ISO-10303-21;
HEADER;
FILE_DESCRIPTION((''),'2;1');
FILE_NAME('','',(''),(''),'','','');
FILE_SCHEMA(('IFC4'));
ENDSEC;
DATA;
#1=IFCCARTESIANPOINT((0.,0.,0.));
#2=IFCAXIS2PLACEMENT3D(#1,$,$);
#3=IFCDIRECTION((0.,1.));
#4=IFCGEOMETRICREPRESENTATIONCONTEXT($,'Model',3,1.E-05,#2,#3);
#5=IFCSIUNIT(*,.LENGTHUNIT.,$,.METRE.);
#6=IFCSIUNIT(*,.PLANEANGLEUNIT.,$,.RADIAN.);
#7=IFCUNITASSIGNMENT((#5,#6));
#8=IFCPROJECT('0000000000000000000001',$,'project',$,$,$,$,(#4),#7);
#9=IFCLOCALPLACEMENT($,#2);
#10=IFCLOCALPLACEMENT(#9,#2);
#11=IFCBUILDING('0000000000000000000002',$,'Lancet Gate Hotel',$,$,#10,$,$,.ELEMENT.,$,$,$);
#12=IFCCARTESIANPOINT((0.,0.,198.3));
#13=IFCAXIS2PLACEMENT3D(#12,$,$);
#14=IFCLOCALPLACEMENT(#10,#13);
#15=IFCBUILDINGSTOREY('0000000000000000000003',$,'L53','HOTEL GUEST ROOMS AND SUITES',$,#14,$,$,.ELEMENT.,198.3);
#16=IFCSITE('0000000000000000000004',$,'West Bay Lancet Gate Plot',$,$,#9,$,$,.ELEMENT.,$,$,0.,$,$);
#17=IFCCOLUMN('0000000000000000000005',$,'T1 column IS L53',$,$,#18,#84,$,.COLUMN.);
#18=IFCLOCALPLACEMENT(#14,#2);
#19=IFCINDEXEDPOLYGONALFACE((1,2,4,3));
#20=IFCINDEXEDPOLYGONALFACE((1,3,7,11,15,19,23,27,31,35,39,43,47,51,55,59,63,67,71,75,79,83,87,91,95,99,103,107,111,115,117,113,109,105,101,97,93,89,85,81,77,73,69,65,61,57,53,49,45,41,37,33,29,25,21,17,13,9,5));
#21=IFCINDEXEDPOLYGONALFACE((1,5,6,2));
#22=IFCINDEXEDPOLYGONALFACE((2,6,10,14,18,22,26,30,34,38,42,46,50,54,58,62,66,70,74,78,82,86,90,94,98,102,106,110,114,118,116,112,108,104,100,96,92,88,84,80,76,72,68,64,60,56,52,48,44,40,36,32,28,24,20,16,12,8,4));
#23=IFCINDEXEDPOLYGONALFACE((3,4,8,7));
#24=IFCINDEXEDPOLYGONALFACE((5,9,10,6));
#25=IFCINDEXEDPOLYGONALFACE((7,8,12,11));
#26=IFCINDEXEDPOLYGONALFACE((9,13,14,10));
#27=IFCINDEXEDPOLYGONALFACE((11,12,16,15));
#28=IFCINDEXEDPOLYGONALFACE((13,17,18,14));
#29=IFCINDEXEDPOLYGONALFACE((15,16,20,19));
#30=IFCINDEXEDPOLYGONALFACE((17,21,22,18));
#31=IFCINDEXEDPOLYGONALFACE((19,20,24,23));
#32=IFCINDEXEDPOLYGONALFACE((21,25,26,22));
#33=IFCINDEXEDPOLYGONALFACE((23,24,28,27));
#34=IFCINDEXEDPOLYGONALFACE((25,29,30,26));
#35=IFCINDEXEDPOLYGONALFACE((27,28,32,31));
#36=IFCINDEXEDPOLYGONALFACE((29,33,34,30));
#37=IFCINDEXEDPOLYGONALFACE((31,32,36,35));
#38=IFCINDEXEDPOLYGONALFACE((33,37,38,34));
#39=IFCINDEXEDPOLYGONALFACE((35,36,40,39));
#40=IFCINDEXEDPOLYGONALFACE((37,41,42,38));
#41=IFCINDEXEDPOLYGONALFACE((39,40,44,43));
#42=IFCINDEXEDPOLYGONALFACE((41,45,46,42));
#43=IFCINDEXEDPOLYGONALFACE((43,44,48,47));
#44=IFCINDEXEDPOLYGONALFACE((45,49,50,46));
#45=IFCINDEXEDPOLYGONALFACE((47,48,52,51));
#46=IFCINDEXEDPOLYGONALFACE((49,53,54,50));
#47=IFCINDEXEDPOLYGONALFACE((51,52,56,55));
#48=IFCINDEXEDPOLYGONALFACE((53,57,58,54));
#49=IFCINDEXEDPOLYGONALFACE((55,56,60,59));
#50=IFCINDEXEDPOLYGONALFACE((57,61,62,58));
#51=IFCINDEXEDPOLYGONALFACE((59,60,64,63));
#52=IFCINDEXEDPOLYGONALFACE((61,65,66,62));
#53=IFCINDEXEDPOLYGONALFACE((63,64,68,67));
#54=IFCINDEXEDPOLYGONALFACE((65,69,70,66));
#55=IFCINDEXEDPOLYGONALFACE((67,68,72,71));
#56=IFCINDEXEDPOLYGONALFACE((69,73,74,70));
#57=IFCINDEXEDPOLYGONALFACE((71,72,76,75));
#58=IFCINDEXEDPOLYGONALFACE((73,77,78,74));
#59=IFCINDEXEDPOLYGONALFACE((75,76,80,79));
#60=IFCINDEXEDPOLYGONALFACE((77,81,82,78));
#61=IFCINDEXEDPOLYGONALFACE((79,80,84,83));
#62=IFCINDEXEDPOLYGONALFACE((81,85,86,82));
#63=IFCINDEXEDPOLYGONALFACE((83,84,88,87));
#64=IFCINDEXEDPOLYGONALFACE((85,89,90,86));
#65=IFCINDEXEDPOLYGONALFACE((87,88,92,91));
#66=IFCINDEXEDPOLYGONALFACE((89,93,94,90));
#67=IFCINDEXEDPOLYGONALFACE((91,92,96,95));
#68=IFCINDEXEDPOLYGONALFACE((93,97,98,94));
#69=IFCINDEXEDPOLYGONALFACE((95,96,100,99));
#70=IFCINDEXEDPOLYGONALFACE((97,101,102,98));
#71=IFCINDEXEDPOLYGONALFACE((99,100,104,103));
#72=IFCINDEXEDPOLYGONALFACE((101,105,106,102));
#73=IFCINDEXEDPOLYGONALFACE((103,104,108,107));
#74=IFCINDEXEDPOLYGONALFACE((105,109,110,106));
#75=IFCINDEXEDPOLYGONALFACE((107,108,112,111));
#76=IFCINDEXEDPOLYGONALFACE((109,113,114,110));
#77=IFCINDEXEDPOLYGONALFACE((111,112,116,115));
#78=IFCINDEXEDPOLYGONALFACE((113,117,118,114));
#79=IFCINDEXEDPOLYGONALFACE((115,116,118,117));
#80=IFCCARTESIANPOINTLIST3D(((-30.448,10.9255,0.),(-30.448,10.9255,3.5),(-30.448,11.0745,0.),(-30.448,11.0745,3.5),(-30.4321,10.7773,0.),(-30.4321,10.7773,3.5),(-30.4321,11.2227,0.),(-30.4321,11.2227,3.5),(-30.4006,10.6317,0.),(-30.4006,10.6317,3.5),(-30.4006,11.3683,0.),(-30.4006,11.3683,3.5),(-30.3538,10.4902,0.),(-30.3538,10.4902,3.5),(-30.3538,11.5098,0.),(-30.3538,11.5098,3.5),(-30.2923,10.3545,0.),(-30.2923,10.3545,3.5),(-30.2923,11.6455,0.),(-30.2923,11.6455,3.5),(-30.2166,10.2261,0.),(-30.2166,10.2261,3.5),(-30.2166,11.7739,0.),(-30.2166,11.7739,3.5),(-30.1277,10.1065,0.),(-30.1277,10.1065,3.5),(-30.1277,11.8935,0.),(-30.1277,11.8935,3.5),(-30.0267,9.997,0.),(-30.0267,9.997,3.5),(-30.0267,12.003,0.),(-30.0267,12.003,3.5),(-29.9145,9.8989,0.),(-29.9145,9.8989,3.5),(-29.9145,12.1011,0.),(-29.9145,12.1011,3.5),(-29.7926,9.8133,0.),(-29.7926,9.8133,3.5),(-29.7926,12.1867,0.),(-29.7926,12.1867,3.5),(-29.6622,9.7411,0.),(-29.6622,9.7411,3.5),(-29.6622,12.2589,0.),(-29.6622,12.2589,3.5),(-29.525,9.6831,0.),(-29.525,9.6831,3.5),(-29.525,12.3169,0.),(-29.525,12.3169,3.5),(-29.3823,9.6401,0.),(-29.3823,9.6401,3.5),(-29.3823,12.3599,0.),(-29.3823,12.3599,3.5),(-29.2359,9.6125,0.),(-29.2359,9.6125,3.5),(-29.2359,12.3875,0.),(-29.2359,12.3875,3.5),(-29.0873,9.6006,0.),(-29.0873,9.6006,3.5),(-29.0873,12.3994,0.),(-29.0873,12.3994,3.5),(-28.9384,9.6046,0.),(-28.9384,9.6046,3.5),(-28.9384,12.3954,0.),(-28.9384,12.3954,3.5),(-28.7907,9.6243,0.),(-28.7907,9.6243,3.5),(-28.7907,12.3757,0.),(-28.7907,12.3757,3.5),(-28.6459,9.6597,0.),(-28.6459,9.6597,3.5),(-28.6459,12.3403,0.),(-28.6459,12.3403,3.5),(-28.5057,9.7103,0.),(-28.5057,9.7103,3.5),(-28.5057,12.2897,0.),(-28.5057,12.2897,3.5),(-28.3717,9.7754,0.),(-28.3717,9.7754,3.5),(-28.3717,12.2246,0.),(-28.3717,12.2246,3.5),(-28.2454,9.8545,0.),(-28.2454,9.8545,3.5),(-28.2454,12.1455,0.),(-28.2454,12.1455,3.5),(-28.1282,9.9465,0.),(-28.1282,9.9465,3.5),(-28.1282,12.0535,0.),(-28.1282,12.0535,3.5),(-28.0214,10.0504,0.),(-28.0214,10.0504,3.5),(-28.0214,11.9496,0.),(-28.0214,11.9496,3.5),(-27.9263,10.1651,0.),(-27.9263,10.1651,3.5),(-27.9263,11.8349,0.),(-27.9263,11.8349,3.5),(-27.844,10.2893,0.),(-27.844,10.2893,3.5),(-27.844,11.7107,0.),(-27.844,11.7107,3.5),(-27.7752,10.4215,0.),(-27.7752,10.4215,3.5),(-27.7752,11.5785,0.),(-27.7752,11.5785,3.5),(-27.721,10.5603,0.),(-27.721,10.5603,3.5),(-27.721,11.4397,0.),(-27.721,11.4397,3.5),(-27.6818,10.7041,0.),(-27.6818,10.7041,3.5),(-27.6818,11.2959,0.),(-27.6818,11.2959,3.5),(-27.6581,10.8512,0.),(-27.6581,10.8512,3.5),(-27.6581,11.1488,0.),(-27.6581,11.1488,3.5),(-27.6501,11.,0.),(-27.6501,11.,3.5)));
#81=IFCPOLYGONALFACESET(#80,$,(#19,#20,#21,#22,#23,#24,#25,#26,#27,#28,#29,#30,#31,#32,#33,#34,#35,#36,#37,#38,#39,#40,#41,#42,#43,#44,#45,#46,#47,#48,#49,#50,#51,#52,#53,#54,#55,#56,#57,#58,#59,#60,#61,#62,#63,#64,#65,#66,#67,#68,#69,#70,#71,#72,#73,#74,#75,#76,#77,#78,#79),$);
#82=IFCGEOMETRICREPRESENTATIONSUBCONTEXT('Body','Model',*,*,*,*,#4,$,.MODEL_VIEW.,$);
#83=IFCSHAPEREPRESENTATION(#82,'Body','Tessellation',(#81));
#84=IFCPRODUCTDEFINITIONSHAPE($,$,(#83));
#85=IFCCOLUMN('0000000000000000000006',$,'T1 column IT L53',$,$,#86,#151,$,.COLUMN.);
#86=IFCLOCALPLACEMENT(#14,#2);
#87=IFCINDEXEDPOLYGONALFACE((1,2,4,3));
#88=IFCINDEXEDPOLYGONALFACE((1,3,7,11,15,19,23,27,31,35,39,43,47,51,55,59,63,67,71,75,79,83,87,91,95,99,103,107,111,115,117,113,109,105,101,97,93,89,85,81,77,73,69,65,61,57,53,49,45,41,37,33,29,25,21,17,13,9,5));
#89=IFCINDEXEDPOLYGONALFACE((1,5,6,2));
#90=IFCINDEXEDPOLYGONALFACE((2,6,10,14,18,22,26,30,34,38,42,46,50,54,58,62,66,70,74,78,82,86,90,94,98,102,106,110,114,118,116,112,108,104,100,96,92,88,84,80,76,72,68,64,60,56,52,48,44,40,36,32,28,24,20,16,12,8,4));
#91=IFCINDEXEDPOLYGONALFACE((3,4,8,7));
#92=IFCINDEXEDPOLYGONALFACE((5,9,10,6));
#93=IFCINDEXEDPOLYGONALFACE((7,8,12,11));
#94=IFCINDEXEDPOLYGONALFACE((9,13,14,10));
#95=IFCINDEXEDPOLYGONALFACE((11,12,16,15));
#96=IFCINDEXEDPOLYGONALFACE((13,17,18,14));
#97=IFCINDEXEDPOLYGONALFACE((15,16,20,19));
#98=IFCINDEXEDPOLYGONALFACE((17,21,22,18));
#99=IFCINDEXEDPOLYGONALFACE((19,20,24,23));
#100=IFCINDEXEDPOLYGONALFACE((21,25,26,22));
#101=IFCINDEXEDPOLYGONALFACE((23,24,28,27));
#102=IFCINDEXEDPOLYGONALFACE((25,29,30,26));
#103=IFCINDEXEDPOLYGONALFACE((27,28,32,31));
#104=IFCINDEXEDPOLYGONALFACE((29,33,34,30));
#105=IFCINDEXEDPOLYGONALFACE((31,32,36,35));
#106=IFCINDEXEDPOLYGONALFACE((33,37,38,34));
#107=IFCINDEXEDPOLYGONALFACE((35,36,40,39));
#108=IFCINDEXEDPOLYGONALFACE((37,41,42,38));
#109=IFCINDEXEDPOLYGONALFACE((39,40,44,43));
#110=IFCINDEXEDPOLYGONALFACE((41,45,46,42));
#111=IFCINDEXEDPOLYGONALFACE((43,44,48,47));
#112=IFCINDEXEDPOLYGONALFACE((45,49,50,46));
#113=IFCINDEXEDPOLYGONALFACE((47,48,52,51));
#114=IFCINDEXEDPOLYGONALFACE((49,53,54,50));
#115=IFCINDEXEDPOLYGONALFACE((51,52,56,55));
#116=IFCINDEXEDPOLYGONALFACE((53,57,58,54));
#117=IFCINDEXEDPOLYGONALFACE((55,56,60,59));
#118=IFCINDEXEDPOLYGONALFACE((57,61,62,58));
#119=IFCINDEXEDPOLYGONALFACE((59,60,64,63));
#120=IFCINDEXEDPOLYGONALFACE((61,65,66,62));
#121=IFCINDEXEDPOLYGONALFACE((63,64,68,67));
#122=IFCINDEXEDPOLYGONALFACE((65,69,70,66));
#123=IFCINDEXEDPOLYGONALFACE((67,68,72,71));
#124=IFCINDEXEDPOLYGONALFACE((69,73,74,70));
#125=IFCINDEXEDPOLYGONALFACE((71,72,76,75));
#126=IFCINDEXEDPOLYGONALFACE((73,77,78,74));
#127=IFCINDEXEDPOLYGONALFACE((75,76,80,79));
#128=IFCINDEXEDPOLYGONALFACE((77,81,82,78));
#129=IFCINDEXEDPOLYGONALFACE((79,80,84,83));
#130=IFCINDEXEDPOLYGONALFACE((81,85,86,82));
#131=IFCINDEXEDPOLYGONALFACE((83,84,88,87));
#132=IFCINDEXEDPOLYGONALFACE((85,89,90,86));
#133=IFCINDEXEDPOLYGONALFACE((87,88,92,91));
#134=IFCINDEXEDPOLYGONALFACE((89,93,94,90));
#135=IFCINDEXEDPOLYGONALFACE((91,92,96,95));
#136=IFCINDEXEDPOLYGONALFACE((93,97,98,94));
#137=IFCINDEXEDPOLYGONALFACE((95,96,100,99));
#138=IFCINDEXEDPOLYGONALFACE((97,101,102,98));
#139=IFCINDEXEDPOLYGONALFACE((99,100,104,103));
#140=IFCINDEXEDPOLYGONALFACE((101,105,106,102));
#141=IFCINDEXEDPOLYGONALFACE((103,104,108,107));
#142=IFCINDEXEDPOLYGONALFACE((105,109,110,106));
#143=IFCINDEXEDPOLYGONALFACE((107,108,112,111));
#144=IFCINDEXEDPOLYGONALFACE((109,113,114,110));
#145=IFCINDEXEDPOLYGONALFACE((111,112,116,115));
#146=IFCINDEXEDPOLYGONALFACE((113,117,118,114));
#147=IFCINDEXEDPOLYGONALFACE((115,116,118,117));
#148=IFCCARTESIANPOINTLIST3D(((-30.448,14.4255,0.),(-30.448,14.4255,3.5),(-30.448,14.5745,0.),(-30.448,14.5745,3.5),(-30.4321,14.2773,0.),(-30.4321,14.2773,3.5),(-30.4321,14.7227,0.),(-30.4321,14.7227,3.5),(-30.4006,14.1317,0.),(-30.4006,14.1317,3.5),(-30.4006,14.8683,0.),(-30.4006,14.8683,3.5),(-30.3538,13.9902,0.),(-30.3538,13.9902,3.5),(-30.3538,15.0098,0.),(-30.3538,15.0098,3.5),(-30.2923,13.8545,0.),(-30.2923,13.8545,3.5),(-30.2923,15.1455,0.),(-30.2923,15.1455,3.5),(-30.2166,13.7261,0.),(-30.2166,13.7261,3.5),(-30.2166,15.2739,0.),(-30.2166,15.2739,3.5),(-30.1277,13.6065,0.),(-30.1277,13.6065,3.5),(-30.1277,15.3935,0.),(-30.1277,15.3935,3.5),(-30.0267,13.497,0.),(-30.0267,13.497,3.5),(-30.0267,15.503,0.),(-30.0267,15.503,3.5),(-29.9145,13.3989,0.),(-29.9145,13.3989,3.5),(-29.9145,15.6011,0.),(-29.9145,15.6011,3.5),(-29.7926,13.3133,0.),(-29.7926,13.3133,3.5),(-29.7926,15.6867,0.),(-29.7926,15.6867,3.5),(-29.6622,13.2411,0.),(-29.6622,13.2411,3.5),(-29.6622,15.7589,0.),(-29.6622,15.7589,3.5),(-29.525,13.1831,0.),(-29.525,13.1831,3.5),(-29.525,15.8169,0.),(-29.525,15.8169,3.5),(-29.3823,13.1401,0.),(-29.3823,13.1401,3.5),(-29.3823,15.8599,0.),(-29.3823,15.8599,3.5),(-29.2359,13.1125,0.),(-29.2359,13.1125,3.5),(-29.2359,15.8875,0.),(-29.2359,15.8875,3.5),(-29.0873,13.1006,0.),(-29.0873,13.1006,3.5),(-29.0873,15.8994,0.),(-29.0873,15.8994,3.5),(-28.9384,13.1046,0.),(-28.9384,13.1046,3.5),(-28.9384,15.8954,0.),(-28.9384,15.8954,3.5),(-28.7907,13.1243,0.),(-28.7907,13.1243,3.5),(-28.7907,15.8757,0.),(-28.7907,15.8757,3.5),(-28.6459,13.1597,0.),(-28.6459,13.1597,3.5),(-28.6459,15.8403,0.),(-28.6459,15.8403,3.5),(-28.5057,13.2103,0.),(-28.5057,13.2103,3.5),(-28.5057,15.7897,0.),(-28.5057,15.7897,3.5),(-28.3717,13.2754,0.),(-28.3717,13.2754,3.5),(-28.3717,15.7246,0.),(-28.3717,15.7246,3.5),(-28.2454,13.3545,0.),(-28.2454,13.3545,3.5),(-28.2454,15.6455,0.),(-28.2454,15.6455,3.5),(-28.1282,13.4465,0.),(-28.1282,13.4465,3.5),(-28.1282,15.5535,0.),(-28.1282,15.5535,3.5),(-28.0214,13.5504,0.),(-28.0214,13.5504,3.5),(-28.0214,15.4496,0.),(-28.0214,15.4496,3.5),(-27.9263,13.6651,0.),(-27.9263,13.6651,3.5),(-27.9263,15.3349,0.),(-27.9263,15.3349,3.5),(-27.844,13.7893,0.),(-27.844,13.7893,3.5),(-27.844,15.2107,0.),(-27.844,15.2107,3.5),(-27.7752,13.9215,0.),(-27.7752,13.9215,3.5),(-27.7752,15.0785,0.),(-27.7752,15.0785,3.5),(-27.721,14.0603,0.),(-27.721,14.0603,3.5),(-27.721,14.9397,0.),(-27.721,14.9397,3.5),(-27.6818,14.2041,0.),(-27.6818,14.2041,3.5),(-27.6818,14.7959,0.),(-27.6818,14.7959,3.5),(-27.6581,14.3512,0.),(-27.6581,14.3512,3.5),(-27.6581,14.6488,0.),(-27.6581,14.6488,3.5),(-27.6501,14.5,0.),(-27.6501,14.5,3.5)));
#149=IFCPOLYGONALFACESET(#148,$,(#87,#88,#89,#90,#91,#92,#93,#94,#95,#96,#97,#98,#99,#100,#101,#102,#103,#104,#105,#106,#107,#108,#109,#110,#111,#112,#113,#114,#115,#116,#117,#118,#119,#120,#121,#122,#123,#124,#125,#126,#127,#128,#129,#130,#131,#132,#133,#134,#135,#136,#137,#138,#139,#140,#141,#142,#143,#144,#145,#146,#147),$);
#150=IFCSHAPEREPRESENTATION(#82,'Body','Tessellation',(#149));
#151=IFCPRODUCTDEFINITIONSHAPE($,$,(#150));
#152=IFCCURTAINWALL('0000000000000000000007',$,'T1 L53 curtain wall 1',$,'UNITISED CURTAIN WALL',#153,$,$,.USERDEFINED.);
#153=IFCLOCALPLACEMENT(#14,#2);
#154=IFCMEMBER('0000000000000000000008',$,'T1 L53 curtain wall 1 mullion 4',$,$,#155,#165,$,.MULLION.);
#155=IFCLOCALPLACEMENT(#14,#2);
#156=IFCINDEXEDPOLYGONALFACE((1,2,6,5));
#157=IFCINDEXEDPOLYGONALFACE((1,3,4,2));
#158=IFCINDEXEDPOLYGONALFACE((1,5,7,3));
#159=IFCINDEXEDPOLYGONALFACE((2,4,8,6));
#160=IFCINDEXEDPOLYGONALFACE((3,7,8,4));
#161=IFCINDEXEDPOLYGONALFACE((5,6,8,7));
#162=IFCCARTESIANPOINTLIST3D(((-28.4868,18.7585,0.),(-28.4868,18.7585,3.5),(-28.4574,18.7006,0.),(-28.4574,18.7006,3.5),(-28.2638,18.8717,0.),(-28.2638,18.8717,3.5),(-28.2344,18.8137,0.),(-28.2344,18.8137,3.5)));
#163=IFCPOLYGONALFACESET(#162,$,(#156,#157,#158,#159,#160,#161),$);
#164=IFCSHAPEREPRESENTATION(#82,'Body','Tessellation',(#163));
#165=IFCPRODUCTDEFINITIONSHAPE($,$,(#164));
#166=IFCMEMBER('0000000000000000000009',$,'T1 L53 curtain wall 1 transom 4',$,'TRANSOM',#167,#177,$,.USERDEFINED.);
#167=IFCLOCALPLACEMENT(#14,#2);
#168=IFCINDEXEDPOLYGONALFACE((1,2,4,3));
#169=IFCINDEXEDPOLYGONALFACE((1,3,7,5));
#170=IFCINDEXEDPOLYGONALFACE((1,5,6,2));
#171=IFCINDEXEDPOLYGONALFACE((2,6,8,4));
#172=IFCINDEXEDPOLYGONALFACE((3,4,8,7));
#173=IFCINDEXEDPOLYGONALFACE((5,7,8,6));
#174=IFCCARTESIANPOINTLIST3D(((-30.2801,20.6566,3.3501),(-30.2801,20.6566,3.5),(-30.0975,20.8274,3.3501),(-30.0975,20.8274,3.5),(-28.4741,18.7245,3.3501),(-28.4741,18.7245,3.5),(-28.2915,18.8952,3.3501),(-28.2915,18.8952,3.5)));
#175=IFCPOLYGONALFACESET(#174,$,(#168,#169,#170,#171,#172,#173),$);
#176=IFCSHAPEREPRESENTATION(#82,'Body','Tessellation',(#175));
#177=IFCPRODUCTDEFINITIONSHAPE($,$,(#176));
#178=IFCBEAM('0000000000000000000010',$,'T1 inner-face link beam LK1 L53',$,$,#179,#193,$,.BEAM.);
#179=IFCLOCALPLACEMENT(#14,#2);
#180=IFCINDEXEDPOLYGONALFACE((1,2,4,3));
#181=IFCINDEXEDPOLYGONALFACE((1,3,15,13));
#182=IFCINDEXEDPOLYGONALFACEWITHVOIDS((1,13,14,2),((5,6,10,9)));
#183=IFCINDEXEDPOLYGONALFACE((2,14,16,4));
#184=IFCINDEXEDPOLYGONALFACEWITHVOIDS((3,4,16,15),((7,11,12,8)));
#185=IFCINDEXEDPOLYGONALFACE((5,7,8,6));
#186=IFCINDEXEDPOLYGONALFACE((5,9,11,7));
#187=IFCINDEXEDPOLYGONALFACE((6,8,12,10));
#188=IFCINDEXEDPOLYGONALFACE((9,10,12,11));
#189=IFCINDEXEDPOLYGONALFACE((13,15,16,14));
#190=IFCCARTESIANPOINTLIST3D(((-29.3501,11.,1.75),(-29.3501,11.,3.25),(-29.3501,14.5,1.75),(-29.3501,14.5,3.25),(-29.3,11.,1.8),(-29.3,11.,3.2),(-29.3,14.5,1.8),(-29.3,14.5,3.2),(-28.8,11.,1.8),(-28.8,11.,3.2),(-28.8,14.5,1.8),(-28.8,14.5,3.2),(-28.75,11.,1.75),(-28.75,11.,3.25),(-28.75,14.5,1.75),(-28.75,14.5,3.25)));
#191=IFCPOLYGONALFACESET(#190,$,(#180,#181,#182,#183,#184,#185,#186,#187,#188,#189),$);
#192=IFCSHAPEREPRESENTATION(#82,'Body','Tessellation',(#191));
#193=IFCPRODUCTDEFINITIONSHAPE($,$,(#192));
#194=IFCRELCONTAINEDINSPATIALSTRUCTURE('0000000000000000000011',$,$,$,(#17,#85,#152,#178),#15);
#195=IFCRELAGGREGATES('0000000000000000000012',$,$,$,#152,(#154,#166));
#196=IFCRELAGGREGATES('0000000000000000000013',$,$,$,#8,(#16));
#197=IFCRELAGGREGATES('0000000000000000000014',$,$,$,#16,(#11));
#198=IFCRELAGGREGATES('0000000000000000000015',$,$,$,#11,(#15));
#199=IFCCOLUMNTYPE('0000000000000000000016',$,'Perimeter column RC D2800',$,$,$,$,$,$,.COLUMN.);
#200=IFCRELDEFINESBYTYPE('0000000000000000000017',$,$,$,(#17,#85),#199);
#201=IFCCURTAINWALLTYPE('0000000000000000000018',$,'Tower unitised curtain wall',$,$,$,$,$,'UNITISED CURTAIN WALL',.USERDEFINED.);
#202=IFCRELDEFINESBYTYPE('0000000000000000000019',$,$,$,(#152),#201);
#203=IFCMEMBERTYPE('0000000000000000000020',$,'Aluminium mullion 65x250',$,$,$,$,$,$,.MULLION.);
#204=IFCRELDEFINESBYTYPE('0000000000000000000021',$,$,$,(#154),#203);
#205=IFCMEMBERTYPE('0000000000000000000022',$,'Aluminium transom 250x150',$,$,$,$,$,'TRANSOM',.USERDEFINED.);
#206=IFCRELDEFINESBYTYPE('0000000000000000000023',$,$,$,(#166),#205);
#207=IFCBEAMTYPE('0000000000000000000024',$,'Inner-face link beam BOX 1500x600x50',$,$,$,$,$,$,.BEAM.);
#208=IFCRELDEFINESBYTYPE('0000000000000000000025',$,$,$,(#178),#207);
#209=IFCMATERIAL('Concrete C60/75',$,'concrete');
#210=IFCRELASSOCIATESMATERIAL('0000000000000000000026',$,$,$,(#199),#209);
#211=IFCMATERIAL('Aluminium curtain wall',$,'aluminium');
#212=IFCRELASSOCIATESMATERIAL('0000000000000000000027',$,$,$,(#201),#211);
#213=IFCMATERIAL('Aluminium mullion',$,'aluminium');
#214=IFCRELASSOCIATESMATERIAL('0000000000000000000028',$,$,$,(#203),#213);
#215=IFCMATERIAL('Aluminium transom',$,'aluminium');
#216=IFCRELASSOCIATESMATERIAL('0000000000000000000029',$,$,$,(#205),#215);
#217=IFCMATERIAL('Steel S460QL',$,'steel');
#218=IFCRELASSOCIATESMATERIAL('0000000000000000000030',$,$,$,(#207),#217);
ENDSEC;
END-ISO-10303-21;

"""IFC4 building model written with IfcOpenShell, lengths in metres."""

from ifc_helpers import new_model, si_unit, direction, frame, origin, origin_2d, place, context, subcontext, project, spatial, rectangle, hollow_rectangle, circle, extrude, material, material_profile, profile_set, type_object, element, aggregate, save


model = new_model("IFC4")

# Units and contexts
model_context = context("Model", 3, precision=1e-05, world=origin(), true_north=direction((0.0, 1.0)))
body_context = subcontext(model_context, "Body", "Model", "MODEL_VIEW")
ifc_project = project(units=[si_unit("LENGTHUNIT", "METRE"), si_unit("PLANEANGLEUNIT", "RADIAN")], contexts=[model_context])

# Site, building, storey
site_placement = place(None, origin())
site = spatial("IfcSite", under=ifc_project, at=site_placement, Name="West Bay Lancet Gate Plot", CompositionType="ELEMENT", RefElevation=0.0)
building_placement = place(site_placement, origin())
building = spatial("IfcBuilding", under=site, at=building_placement, Name="Lancet Gate Hotel", CompositionType="ELEMENT")
storey_placement = place(building_placement, frame((0.0, 0.0, 198.3)))
storey = spatial("IfcBuildingStorey", under=building, at=storey_placement, Name="L53", Description="HOTEL GUEST ROOMS AND SUITES", CompositionType="ELEMENT", Elevation=198.3)

# Columns
ifc_material_1 = material(Name="Concrete C60/75", Category="concrete")
ifc_material_profile_1 = material_profile(ifc_material_1, circle(Radius=1.3999, at=origin_2d()), Name="RC D2800")
ifc_profile_set_1 = profile_set([ifc_material_profile_1], Name="Concrete C60/75")
column_type = type_object("IfcColumnType", Name="Perimeter column RC D2800", PredefinedType="COLUMN", material=ifc_profile_set_1)
for number, where, z_axis, x_axis, name in (
    (1, (-29.05, 11.0, 0.0), (0.0, 0.0, 1.0), (1.0, 0.0, 0.0), "T1 column IS L53"),
    (2, (-29.05, 14.5, 0.0), (0.0, 0.0, 1.0), (1.0, 0.0, 0.0), "T1 column IT L53"),
):
    element("IfcColumn", number, at=place(storey_placement, frame(where, z_axis=z_axis, x_axis=x_axis)), inside=storey, type_object=column_type, Name=name, PredefinedType="COLUMN", context=body_context, shape_type="SweptSolid", body=[
        extrude(circle(Radius=1.3999, at=origin_2d()), origin(), (0.0, 0.0, 1.0), 3.5),
    ])

# Curtain wall, members
ifc_material_2 = material(Name="Aluminium curtain wall", Category="aluminium")
curtain_wall_type = type_object("IfcCurtainWallType", Name="Tower unitised curtain wall", ElementType="UNITISED CURTAIN WALL", PredefinedType="USERDEFINED", material=ifc_material_2)
curtain_wall_placement = place(storey_placement, origin())
curtain_wall = element("IfcCurtainWall", 3, at=curtain_wall_placement, inside=storey, type_object=curtain_wall_type, Name="T1 L53 curtain wall 1", ObjectType="UNITISED CURTAIN WALL", PredefinedType="USERDEFINED")
ifc_material_3 = material(Name="Aluminium mullion", Category="aluminium")
ifc_material_profile_2 = material_profile(ifc_material_3, rectangle(XDim=0.0649, YDim=0.25, at=origin_2d()), Name="MULLION 65x250")
ifc_profile_set_2 = profile_set([ifc_material_profile_2], Name="Aluminium mullion")
member_type_1 = type_object("IfcMemberType", Name="Aluminium mullion 65x250", PredefinedType="MULLION", material=ifc_profile_set_2)
member_1_placement = place(storey_placement, frame((-28.3606, 18.7861, 0.0), z_axis=(0.0, 0.0, 1.0), x_axis=(-0.452508, 0.891761, 0.0)))
member_1 = element("IfcMember", 4, at=member_1_placement, type_object=member_type_1, Name="T1 L53 curtain wall 1 mullion 4", PredefinedType="MULLION", context=body_context, shape_type="SweptSolid", body=[
    extrude(rectangle(XDim=0.0649, YDim=0.25, at=origin_2d()), origin(), (0.0, 0.0, 1.0), 3.5),
])
ifc_material_4 = material(Name="Aluminium transom", Category="aluminium")
ifc_material_profile_3 = material_profile(ifc_material_4, rectangle(XDim=0.25, YDim=0.1499, at=origin_2d()), Name="TRANSOM 250x150")
ifc_profile_set_3 = profile_set([ifc_material_profile_3], Name="Aluminium transom")
member_type_2 = type_object("IfcMemberType", Name="Aluminium transom 250x150", ElementType="TRANSOM", PredefinedType="USERDEFINED", material=ifc_profile_set_3)
member_2_placement = place(storey_placement, frame((-28.3828, 18.8098, 3.425), z_axis=(-0.682841, 0.730567, 0.0), x_axis=(-0.730567, -0.682841, 0.0)))
member_2 = element("IfcMember", 5, at=member_2_placement, type_object=member_type_2, Name="T1 L53 curtain wall 1 transom 4", ObjectType="TRANSOM", PredefinedType="USERDEFINED", context=body_context, shape_type="SweptSolid", body=[
    extrude(rectangle(XDim=0.25, YDim=0.1499, at=origin_2d()), origin(), (0.0, 0.0, 1.0), 2.6448),
])

# Beam
ifc_material_5 = material(Name="Steel S460QL", Category="steel")
ifc_material_profile_4 = material_profile(ifc_material_5, hollow_rectangle(XDim=0.6001, YDim=1.5, WallThickness=0.05, at=origin_2d()), Name="BOX 1500x600x50")
ifc_profile_set_4 = profile_set([ifc_material_profile_4], Name="Steel S460QL")
beam_type = type_object("IfcBeamType", Name="Inner-face link beam BOX 1500x600x50", PredefinedType="BEAM", material=ifc_profile_set_4)
beam_placement = place(storey_placement, frame((-29.05, 14.5, 2.5), z_axis=(0.0, -1.0, 0.0), x_axis=(1.0, 0.0, 0.0)))
element("IfcBeam", 6, at=beam_placement, inside=storey, type_object=beam_type, Name="T1 inner-face link beam LK1 L53", PredefinedType="BEAM", context=body_context, shape_type="SweptSolid", body=[
    extrude(hollow_rectangle(XDim=0.6001, YDim=1.5, WallThickness=0.05, at=origin_2d()), origin(), (0.0, 0.0, 1.0), 3.5),
])

aggregate(curtain_wall, [member_1, member_2])

save(model, "model.ifc")
